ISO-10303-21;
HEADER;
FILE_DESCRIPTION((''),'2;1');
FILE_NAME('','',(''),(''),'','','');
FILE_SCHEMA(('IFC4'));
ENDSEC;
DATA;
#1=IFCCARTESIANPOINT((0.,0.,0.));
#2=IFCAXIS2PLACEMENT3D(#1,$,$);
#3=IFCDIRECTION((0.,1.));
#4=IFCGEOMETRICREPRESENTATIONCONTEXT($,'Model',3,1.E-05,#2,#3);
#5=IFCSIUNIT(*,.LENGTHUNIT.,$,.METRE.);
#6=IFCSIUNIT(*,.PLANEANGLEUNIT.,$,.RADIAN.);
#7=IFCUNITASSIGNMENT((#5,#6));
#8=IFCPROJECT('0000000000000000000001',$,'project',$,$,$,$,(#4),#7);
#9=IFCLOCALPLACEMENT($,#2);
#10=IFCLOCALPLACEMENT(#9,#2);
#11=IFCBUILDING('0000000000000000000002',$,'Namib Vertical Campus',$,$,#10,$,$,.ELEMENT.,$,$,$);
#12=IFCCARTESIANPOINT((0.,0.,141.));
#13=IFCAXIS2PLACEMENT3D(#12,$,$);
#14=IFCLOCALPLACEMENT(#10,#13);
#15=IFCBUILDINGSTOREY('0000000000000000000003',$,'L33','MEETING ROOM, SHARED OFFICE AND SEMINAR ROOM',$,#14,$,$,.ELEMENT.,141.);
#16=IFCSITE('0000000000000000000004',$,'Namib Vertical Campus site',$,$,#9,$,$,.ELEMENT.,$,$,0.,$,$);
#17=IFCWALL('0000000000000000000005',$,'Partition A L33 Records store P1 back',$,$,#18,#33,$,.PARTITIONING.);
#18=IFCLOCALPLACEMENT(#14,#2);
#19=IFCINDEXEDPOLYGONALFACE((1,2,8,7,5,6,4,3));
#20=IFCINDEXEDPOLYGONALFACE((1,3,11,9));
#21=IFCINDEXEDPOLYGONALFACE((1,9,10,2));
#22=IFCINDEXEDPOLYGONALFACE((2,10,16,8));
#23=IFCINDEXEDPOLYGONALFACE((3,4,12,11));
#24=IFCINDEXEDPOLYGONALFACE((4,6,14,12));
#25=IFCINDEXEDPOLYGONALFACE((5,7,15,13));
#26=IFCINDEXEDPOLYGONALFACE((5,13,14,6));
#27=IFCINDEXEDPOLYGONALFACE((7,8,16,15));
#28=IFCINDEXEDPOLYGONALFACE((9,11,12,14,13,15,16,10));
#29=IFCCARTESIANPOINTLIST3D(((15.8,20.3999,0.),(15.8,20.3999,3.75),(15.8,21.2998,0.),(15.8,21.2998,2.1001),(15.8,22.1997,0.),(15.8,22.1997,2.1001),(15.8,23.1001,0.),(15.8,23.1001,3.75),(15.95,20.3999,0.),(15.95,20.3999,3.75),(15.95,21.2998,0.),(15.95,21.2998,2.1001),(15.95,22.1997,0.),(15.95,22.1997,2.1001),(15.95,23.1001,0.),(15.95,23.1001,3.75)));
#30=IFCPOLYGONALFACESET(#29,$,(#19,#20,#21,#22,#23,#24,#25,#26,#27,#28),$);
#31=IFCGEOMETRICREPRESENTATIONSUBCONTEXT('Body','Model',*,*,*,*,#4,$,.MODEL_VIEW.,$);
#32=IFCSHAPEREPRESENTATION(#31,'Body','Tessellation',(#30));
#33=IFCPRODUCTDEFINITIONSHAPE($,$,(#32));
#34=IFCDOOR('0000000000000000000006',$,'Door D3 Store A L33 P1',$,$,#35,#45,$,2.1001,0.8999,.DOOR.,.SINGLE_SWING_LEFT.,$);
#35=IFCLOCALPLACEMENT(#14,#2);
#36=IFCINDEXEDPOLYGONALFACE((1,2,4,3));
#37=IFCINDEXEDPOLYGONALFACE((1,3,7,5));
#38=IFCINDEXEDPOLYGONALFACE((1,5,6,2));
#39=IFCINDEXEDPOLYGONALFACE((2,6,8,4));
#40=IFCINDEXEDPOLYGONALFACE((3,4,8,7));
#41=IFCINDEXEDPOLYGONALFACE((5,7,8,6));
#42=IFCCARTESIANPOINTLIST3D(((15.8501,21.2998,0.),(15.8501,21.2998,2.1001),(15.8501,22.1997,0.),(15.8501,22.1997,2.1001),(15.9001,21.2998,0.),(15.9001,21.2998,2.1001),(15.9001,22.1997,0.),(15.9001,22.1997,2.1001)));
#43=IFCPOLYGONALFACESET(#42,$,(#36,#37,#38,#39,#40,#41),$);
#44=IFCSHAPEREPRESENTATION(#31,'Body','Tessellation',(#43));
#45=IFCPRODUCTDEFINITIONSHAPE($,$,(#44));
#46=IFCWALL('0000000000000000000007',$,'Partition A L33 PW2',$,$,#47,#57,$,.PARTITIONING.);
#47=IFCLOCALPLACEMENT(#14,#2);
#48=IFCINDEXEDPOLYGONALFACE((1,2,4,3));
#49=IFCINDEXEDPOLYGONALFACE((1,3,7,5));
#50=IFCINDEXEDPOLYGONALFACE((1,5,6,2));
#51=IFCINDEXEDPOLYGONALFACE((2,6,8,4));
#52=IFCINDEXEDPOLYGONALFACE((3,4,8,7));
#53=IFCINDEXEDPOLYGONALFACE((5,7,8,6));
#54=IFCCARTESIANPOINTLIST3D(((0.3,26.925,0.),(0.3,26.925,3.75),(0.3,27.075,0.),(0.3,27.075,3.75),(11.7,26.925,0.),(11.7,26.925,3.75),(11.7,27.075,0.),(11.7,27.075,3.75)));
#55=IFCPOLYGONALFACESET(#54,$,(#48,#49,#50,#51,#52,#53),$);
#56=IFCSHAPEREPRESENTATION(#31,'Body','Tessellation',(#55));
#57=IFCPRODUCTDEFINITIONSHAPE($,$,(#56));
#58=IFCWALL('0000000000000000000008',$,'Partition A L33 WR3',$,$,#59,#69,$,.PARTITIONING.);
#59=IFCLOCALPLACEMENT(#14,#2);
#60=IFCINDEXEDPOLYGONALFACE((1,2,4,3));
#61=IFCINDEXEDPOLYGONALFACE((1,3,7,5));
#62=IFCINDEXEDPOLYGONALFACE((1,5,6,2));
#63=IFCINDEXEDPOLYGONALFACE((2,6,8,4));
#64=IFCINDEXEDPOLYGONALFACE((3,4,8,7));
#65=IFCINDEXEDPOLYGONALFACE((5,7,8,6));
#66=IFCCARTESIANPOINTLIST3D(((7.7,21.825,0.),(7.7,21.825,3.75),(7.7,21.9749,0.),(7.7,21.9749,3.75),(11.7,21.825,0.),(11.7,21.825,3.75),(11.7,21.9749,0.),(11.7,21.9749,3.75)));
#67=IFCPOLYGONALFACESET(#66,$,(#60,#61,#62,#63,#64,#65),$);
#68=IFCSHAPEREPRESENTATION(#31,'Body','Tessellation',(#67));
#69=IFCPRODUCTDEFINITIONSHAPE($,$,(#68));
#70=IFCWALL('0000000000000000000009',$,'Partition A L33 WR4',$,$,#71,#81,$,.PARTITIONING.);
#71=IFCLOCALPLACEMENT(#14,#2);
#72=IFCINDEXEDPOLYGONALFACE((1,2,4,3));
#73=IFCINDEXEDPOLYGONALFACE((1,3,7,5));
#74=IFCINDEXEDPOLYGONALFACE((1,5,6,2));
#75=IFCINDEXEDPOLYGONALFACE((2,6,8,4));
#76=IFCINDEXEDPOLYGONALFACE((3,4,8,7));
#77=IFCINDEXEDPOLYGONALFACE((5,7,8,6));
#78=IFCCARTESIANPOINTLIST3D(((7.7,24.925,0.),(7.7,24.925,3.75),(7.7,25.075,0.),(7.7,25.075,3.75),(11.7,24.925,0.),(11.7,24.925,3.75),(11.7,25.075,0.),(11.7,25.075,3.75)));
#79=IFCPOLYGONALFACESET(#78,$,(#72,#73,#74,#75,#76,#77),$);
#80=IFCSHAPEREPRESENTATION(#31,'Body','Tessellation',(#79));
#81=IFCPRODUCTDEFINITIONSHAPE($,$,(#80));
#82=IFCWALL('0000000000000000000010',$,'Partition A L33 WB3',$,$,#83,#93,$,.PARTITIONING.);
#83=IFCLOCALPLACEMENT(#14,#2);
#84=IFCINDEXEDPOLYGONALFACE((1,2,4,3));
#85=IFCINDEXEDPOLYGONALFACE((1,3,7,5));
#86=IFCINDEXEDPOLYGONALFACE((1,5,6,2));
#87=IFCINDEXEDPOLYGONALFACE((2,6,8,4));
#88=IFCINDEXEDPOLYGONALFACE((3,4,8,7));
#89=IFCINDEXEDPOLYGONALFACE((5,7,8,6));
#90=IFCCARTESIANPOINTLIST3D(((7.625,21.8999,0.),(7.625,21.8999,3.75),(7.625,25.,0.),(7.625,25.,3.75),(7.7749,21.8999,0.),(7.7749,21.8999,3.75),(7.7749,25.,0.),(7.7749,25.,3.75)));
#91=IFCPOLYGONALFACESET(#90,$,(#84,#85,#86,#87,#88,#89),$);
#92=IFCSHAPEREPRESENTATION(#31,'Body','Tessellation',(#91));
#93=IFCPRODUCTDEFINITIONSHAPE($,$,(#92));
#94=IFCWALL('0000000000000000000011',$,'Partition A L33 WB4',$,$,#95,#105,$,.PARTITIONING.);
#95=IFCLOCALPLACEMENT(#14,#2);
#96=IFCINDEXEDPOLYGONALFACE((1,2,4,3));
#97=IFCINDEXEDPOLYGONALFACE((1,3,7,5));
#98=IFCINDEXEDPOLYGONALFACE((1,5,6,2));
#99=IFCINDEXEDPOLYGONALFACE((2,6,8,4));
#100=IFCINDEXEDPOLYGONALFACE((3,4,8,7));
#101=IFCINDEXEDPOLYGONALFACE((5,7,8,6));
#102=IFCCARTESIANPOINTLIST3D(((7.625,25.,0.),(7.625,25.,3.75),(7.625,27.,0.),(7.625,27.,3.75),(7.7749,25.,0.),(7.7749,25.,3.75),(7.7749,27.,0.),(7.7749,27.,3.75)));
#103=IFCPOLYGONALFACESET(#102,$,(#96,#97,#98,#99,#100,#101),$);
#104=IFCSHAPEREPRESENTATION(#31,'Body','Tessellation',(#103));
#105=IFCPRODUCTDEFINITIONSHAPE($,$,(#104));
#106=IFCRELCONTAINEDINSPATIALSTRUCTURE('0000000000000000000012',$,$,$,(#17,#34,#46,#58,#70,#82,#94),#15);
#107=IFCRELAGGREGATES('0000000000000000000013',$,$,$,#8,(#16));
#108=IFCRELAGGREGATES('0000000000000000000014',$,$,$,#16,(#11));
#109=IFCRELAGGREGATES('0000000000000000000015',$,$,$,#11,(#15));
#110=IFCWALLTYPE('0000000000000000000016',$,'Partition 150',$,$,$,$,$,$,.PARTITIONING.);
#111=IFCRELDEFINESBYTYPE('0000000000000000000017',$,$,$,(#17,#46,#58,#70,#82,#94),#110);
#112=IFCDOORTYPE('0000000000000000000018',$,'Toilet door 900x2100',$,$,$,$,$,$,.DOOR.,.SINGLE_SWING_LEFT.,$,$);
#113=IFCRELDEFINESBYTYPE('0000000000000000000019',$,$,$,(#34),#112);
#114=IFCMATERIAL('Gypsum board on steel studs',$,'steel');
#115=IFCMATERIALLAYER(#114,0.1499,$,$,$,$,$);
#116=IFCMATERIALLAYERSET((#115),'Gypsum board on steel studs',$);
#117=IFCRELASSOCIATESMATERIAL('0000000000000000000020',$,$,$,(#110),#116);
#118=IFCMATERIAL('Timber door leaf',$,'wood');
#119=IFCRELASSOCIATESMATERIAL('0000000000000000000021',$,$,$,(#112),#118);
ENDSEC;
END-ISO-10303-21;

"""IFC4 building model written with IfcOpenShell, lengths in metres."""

from ifc_helpers import new_model, si_unit, direction, frame, frame_2d, origin, place, context, subcontext, project, spatial, rectangle, extrude, material, layer, layer_set, type_object, element, fill, save


model = new_model("IFC4")

# Units and contexts
model_context = context("Model", 3, precision=1e-05, world=origin(), true_north=direction((0.0, 1.0)))
body_context = subcontext(model_context, "Body", "Model", "MODEL_VIEW")
ifc_project = project(units=[si_unit("LENGTHUNIT", "METRE"), si_unit("PLANEANGLEUNIT", "RADIAN")], contexts=[model_context])

# Site, building, storey
site_placement = place(None, origin())
site = spatial("IfcSite", under=ifc_project, at=site_placement, Name="Namib Vertical Campus site", CompositionType="ELEMENT", RefElevation=0.0)
building_placement = place(site_placement, origin())
building = spatial("IfcBuilding", under=site, at=building_placement, Name="Namib Vertical Campus", CompositionType="ELEMENT")
storey_placement = place(building_placement, frame((0.0, 0.0, 141.0)))
storey = spatial("IfcBuildingStorey", under=building, at=storey_placement, Name="L33", Description="MEETING ROOM, SHARED OFFICE AND SEMINAR ROOM", CompositionType="ELEMENT", Elevation=141.0)

# Wall, opening, door
ifc_material_1 = material(Name="Gypsum board on steel studs", Category="steel")
ifc_layer_1 = layer(ifc_material_1, 0.1499)
ifc_layer_set_1 = layer_set([ifc_layer_1], Name="Gypsum board on steel studs")
wall_type_1 = type_object("IfcWallType", Name="Partition 150", PredefinedType="PARTITIONING", material=ifc_layer_set_1)
wall_1_placement = place(storey_placement, frame((15.875, 20.3999, 0.0), z_axis=(0.0, 0.0, 1.0), x_axis=(0.0, 1.0, 0.0)))
wall_1 = element("IfcWall", 1, at=wall_1_placement, inside=storey, type_object=wall_type_1, Name="Partition A L33 Records store P1 back", PredefinedType="PARTITIONING", context=body_context, shape_type="SweptSolid", body=[
    extrude(rectangle(XDim=2.7002, YDim=0.1499, at=frame_2d((1.3501, 0.0))), origin(), (0.0, 0.0, 1.0), 3.75),
])
opening_1_placement = place(wall_1_placement, frame((0.8999, 0.0, 0.0)))
opening_1 = element("IfcOpeningElement", 2, at=opening_1_placement, cuts=wall_1, PredefinedType="OPENING", context=body_context, shape_type="SweptSolid", body=[
    extrude(rectangle(XDim=0.8999, YDim=2.1001, at=frame_2d((0.45, 1.05))), frame((0.0, 0.085, 0.0), z_axis=(0.0, -1.0, 0.0), x_axis=(1.0, 0.0, 0.0)), (0.0, 0.0, 1.0), 0.1699),
])
ifc_material_2 = material(Name="Timber door leaf", Category="wood")
door_type_1 = type_object("IfcDoorType", Name="Toilet door 900x2100", OperationType="SINGLE_SWING_LEFT", PredefinedType="DOOR", material=ifc_material_2)
door_1_placement = place(opening_1_placement, origin())
door_1 = element("IfcDoor", 3, at=door_1_placement, inside=storey, type_object=door_type_1, Name="Door D3 Store A L33 P1", OperationType="SINGLE_SWING_LEFT", OverallHeight=2.1001, OverallWidth=0.8999, PredefinedType="DOOR", context=body_context, shape_type="SweptSolid", body=[
    extrude(rectangle(XDim=0.8999, YDim=2.1001, at=frame_2d((0.45, 1.05))), frame((0.0, 0.0249, 0.0), z_axis=(0.0, -1.0, 0.0), x_axis=(1.0, 0.0, 0.0)), (0.0, 0.0, 1.0), 0.05),
])
fill(opening_1, door_1)

# Walls
wall_2_placement = place(storey_placement, frame((0.3, 27.0, 0.0), z_axis=(0.0, 0.0, 1.0), x_axis=(1.0, 0.0, 0.0)))
element("IfcWall", 4, at=wall_2_placement, inside=storey, type_object=wall_type_1, Name="Partition A L33 PW2", PredefinedType="PARTITIONING", context=body_context, shape_type="SweptSolid", body=[
    extrude(rectangle(XDim=11.3999, YDim=0.1499, at=frame_2d((5.7, 0.0))), origin(), (0.0, 0.0, 1.0), 3.75),
])
for number, where, z_axis, x_axis, name in (
    (5, (11.7, 21.8999, 0.0), (0.0, 0.0, 1.0), (-1.0, 0.0, 0.0), "Partition A L33 WR3"),
    (6, (11.7, 25.0, 0.0), (0.0, 0.0, 1.0), (-1.0, 0.0, 0.0), "Partition A L33 WR4"),
):
    element("IfcWall", number, at=place(storey_placement, frame(where, z_axis=z_axis, x_axis=x_axis)), inside=storey, type_object=wall_type_1, Name=name, PredefinedType="PARTITIONING", context=body_context, shape_type="SweptSolid", body=[
        extrude(rectangle(XDim=4.0, YDim=0.1499, at=frame_2d((2.0, 0.0))), origin(), (0.0, 0.0, 1.0), 3.75),
    ])
wall_3_placement = place(storey_placement, frame((7.7, 21.8999, 0.0), z_axis=(0.0, 0.0, 1.0), x_axis=(0.0, 1.0, 0.0)))
element("IfcWall", 7, at=wall_3_placement, inside=storey, type_object=wall_type_1, Name="Partition A L33 WB3", PredefinedType="PARTITIONING", context=body_context, shape_type="SweptSolid", body=[
    extrude(rectangle(XDim=3.1001, YDim=0.1499, at=frame_2d((1.55, 0.0))), origin(), (0.0, 0.0, 1.0), 3.75),
])
wall_4_placement = place(storey_placement, frame((7.7, 25.0, 0.0), z_axis=(0.0, 0.0, 1.0), x_axis=(0.0, 1.0, 0.0)))
element("IfcWall", 8, at=wall_4_placement, inside=storey, type_object=wall_type_1, Name="Partition A L33 WB4", PredefinedType="PARTITIONING", context=body_context, shape_type="SweptSolid", body=[
    extrude(rectangle(XDim=2.0, YDim=0.1499, at=frame_2d((1.0, 0.0))), origin(), (0.0, 0.0, 1.0), 3.75),
])

save(model, "model.ifc")
